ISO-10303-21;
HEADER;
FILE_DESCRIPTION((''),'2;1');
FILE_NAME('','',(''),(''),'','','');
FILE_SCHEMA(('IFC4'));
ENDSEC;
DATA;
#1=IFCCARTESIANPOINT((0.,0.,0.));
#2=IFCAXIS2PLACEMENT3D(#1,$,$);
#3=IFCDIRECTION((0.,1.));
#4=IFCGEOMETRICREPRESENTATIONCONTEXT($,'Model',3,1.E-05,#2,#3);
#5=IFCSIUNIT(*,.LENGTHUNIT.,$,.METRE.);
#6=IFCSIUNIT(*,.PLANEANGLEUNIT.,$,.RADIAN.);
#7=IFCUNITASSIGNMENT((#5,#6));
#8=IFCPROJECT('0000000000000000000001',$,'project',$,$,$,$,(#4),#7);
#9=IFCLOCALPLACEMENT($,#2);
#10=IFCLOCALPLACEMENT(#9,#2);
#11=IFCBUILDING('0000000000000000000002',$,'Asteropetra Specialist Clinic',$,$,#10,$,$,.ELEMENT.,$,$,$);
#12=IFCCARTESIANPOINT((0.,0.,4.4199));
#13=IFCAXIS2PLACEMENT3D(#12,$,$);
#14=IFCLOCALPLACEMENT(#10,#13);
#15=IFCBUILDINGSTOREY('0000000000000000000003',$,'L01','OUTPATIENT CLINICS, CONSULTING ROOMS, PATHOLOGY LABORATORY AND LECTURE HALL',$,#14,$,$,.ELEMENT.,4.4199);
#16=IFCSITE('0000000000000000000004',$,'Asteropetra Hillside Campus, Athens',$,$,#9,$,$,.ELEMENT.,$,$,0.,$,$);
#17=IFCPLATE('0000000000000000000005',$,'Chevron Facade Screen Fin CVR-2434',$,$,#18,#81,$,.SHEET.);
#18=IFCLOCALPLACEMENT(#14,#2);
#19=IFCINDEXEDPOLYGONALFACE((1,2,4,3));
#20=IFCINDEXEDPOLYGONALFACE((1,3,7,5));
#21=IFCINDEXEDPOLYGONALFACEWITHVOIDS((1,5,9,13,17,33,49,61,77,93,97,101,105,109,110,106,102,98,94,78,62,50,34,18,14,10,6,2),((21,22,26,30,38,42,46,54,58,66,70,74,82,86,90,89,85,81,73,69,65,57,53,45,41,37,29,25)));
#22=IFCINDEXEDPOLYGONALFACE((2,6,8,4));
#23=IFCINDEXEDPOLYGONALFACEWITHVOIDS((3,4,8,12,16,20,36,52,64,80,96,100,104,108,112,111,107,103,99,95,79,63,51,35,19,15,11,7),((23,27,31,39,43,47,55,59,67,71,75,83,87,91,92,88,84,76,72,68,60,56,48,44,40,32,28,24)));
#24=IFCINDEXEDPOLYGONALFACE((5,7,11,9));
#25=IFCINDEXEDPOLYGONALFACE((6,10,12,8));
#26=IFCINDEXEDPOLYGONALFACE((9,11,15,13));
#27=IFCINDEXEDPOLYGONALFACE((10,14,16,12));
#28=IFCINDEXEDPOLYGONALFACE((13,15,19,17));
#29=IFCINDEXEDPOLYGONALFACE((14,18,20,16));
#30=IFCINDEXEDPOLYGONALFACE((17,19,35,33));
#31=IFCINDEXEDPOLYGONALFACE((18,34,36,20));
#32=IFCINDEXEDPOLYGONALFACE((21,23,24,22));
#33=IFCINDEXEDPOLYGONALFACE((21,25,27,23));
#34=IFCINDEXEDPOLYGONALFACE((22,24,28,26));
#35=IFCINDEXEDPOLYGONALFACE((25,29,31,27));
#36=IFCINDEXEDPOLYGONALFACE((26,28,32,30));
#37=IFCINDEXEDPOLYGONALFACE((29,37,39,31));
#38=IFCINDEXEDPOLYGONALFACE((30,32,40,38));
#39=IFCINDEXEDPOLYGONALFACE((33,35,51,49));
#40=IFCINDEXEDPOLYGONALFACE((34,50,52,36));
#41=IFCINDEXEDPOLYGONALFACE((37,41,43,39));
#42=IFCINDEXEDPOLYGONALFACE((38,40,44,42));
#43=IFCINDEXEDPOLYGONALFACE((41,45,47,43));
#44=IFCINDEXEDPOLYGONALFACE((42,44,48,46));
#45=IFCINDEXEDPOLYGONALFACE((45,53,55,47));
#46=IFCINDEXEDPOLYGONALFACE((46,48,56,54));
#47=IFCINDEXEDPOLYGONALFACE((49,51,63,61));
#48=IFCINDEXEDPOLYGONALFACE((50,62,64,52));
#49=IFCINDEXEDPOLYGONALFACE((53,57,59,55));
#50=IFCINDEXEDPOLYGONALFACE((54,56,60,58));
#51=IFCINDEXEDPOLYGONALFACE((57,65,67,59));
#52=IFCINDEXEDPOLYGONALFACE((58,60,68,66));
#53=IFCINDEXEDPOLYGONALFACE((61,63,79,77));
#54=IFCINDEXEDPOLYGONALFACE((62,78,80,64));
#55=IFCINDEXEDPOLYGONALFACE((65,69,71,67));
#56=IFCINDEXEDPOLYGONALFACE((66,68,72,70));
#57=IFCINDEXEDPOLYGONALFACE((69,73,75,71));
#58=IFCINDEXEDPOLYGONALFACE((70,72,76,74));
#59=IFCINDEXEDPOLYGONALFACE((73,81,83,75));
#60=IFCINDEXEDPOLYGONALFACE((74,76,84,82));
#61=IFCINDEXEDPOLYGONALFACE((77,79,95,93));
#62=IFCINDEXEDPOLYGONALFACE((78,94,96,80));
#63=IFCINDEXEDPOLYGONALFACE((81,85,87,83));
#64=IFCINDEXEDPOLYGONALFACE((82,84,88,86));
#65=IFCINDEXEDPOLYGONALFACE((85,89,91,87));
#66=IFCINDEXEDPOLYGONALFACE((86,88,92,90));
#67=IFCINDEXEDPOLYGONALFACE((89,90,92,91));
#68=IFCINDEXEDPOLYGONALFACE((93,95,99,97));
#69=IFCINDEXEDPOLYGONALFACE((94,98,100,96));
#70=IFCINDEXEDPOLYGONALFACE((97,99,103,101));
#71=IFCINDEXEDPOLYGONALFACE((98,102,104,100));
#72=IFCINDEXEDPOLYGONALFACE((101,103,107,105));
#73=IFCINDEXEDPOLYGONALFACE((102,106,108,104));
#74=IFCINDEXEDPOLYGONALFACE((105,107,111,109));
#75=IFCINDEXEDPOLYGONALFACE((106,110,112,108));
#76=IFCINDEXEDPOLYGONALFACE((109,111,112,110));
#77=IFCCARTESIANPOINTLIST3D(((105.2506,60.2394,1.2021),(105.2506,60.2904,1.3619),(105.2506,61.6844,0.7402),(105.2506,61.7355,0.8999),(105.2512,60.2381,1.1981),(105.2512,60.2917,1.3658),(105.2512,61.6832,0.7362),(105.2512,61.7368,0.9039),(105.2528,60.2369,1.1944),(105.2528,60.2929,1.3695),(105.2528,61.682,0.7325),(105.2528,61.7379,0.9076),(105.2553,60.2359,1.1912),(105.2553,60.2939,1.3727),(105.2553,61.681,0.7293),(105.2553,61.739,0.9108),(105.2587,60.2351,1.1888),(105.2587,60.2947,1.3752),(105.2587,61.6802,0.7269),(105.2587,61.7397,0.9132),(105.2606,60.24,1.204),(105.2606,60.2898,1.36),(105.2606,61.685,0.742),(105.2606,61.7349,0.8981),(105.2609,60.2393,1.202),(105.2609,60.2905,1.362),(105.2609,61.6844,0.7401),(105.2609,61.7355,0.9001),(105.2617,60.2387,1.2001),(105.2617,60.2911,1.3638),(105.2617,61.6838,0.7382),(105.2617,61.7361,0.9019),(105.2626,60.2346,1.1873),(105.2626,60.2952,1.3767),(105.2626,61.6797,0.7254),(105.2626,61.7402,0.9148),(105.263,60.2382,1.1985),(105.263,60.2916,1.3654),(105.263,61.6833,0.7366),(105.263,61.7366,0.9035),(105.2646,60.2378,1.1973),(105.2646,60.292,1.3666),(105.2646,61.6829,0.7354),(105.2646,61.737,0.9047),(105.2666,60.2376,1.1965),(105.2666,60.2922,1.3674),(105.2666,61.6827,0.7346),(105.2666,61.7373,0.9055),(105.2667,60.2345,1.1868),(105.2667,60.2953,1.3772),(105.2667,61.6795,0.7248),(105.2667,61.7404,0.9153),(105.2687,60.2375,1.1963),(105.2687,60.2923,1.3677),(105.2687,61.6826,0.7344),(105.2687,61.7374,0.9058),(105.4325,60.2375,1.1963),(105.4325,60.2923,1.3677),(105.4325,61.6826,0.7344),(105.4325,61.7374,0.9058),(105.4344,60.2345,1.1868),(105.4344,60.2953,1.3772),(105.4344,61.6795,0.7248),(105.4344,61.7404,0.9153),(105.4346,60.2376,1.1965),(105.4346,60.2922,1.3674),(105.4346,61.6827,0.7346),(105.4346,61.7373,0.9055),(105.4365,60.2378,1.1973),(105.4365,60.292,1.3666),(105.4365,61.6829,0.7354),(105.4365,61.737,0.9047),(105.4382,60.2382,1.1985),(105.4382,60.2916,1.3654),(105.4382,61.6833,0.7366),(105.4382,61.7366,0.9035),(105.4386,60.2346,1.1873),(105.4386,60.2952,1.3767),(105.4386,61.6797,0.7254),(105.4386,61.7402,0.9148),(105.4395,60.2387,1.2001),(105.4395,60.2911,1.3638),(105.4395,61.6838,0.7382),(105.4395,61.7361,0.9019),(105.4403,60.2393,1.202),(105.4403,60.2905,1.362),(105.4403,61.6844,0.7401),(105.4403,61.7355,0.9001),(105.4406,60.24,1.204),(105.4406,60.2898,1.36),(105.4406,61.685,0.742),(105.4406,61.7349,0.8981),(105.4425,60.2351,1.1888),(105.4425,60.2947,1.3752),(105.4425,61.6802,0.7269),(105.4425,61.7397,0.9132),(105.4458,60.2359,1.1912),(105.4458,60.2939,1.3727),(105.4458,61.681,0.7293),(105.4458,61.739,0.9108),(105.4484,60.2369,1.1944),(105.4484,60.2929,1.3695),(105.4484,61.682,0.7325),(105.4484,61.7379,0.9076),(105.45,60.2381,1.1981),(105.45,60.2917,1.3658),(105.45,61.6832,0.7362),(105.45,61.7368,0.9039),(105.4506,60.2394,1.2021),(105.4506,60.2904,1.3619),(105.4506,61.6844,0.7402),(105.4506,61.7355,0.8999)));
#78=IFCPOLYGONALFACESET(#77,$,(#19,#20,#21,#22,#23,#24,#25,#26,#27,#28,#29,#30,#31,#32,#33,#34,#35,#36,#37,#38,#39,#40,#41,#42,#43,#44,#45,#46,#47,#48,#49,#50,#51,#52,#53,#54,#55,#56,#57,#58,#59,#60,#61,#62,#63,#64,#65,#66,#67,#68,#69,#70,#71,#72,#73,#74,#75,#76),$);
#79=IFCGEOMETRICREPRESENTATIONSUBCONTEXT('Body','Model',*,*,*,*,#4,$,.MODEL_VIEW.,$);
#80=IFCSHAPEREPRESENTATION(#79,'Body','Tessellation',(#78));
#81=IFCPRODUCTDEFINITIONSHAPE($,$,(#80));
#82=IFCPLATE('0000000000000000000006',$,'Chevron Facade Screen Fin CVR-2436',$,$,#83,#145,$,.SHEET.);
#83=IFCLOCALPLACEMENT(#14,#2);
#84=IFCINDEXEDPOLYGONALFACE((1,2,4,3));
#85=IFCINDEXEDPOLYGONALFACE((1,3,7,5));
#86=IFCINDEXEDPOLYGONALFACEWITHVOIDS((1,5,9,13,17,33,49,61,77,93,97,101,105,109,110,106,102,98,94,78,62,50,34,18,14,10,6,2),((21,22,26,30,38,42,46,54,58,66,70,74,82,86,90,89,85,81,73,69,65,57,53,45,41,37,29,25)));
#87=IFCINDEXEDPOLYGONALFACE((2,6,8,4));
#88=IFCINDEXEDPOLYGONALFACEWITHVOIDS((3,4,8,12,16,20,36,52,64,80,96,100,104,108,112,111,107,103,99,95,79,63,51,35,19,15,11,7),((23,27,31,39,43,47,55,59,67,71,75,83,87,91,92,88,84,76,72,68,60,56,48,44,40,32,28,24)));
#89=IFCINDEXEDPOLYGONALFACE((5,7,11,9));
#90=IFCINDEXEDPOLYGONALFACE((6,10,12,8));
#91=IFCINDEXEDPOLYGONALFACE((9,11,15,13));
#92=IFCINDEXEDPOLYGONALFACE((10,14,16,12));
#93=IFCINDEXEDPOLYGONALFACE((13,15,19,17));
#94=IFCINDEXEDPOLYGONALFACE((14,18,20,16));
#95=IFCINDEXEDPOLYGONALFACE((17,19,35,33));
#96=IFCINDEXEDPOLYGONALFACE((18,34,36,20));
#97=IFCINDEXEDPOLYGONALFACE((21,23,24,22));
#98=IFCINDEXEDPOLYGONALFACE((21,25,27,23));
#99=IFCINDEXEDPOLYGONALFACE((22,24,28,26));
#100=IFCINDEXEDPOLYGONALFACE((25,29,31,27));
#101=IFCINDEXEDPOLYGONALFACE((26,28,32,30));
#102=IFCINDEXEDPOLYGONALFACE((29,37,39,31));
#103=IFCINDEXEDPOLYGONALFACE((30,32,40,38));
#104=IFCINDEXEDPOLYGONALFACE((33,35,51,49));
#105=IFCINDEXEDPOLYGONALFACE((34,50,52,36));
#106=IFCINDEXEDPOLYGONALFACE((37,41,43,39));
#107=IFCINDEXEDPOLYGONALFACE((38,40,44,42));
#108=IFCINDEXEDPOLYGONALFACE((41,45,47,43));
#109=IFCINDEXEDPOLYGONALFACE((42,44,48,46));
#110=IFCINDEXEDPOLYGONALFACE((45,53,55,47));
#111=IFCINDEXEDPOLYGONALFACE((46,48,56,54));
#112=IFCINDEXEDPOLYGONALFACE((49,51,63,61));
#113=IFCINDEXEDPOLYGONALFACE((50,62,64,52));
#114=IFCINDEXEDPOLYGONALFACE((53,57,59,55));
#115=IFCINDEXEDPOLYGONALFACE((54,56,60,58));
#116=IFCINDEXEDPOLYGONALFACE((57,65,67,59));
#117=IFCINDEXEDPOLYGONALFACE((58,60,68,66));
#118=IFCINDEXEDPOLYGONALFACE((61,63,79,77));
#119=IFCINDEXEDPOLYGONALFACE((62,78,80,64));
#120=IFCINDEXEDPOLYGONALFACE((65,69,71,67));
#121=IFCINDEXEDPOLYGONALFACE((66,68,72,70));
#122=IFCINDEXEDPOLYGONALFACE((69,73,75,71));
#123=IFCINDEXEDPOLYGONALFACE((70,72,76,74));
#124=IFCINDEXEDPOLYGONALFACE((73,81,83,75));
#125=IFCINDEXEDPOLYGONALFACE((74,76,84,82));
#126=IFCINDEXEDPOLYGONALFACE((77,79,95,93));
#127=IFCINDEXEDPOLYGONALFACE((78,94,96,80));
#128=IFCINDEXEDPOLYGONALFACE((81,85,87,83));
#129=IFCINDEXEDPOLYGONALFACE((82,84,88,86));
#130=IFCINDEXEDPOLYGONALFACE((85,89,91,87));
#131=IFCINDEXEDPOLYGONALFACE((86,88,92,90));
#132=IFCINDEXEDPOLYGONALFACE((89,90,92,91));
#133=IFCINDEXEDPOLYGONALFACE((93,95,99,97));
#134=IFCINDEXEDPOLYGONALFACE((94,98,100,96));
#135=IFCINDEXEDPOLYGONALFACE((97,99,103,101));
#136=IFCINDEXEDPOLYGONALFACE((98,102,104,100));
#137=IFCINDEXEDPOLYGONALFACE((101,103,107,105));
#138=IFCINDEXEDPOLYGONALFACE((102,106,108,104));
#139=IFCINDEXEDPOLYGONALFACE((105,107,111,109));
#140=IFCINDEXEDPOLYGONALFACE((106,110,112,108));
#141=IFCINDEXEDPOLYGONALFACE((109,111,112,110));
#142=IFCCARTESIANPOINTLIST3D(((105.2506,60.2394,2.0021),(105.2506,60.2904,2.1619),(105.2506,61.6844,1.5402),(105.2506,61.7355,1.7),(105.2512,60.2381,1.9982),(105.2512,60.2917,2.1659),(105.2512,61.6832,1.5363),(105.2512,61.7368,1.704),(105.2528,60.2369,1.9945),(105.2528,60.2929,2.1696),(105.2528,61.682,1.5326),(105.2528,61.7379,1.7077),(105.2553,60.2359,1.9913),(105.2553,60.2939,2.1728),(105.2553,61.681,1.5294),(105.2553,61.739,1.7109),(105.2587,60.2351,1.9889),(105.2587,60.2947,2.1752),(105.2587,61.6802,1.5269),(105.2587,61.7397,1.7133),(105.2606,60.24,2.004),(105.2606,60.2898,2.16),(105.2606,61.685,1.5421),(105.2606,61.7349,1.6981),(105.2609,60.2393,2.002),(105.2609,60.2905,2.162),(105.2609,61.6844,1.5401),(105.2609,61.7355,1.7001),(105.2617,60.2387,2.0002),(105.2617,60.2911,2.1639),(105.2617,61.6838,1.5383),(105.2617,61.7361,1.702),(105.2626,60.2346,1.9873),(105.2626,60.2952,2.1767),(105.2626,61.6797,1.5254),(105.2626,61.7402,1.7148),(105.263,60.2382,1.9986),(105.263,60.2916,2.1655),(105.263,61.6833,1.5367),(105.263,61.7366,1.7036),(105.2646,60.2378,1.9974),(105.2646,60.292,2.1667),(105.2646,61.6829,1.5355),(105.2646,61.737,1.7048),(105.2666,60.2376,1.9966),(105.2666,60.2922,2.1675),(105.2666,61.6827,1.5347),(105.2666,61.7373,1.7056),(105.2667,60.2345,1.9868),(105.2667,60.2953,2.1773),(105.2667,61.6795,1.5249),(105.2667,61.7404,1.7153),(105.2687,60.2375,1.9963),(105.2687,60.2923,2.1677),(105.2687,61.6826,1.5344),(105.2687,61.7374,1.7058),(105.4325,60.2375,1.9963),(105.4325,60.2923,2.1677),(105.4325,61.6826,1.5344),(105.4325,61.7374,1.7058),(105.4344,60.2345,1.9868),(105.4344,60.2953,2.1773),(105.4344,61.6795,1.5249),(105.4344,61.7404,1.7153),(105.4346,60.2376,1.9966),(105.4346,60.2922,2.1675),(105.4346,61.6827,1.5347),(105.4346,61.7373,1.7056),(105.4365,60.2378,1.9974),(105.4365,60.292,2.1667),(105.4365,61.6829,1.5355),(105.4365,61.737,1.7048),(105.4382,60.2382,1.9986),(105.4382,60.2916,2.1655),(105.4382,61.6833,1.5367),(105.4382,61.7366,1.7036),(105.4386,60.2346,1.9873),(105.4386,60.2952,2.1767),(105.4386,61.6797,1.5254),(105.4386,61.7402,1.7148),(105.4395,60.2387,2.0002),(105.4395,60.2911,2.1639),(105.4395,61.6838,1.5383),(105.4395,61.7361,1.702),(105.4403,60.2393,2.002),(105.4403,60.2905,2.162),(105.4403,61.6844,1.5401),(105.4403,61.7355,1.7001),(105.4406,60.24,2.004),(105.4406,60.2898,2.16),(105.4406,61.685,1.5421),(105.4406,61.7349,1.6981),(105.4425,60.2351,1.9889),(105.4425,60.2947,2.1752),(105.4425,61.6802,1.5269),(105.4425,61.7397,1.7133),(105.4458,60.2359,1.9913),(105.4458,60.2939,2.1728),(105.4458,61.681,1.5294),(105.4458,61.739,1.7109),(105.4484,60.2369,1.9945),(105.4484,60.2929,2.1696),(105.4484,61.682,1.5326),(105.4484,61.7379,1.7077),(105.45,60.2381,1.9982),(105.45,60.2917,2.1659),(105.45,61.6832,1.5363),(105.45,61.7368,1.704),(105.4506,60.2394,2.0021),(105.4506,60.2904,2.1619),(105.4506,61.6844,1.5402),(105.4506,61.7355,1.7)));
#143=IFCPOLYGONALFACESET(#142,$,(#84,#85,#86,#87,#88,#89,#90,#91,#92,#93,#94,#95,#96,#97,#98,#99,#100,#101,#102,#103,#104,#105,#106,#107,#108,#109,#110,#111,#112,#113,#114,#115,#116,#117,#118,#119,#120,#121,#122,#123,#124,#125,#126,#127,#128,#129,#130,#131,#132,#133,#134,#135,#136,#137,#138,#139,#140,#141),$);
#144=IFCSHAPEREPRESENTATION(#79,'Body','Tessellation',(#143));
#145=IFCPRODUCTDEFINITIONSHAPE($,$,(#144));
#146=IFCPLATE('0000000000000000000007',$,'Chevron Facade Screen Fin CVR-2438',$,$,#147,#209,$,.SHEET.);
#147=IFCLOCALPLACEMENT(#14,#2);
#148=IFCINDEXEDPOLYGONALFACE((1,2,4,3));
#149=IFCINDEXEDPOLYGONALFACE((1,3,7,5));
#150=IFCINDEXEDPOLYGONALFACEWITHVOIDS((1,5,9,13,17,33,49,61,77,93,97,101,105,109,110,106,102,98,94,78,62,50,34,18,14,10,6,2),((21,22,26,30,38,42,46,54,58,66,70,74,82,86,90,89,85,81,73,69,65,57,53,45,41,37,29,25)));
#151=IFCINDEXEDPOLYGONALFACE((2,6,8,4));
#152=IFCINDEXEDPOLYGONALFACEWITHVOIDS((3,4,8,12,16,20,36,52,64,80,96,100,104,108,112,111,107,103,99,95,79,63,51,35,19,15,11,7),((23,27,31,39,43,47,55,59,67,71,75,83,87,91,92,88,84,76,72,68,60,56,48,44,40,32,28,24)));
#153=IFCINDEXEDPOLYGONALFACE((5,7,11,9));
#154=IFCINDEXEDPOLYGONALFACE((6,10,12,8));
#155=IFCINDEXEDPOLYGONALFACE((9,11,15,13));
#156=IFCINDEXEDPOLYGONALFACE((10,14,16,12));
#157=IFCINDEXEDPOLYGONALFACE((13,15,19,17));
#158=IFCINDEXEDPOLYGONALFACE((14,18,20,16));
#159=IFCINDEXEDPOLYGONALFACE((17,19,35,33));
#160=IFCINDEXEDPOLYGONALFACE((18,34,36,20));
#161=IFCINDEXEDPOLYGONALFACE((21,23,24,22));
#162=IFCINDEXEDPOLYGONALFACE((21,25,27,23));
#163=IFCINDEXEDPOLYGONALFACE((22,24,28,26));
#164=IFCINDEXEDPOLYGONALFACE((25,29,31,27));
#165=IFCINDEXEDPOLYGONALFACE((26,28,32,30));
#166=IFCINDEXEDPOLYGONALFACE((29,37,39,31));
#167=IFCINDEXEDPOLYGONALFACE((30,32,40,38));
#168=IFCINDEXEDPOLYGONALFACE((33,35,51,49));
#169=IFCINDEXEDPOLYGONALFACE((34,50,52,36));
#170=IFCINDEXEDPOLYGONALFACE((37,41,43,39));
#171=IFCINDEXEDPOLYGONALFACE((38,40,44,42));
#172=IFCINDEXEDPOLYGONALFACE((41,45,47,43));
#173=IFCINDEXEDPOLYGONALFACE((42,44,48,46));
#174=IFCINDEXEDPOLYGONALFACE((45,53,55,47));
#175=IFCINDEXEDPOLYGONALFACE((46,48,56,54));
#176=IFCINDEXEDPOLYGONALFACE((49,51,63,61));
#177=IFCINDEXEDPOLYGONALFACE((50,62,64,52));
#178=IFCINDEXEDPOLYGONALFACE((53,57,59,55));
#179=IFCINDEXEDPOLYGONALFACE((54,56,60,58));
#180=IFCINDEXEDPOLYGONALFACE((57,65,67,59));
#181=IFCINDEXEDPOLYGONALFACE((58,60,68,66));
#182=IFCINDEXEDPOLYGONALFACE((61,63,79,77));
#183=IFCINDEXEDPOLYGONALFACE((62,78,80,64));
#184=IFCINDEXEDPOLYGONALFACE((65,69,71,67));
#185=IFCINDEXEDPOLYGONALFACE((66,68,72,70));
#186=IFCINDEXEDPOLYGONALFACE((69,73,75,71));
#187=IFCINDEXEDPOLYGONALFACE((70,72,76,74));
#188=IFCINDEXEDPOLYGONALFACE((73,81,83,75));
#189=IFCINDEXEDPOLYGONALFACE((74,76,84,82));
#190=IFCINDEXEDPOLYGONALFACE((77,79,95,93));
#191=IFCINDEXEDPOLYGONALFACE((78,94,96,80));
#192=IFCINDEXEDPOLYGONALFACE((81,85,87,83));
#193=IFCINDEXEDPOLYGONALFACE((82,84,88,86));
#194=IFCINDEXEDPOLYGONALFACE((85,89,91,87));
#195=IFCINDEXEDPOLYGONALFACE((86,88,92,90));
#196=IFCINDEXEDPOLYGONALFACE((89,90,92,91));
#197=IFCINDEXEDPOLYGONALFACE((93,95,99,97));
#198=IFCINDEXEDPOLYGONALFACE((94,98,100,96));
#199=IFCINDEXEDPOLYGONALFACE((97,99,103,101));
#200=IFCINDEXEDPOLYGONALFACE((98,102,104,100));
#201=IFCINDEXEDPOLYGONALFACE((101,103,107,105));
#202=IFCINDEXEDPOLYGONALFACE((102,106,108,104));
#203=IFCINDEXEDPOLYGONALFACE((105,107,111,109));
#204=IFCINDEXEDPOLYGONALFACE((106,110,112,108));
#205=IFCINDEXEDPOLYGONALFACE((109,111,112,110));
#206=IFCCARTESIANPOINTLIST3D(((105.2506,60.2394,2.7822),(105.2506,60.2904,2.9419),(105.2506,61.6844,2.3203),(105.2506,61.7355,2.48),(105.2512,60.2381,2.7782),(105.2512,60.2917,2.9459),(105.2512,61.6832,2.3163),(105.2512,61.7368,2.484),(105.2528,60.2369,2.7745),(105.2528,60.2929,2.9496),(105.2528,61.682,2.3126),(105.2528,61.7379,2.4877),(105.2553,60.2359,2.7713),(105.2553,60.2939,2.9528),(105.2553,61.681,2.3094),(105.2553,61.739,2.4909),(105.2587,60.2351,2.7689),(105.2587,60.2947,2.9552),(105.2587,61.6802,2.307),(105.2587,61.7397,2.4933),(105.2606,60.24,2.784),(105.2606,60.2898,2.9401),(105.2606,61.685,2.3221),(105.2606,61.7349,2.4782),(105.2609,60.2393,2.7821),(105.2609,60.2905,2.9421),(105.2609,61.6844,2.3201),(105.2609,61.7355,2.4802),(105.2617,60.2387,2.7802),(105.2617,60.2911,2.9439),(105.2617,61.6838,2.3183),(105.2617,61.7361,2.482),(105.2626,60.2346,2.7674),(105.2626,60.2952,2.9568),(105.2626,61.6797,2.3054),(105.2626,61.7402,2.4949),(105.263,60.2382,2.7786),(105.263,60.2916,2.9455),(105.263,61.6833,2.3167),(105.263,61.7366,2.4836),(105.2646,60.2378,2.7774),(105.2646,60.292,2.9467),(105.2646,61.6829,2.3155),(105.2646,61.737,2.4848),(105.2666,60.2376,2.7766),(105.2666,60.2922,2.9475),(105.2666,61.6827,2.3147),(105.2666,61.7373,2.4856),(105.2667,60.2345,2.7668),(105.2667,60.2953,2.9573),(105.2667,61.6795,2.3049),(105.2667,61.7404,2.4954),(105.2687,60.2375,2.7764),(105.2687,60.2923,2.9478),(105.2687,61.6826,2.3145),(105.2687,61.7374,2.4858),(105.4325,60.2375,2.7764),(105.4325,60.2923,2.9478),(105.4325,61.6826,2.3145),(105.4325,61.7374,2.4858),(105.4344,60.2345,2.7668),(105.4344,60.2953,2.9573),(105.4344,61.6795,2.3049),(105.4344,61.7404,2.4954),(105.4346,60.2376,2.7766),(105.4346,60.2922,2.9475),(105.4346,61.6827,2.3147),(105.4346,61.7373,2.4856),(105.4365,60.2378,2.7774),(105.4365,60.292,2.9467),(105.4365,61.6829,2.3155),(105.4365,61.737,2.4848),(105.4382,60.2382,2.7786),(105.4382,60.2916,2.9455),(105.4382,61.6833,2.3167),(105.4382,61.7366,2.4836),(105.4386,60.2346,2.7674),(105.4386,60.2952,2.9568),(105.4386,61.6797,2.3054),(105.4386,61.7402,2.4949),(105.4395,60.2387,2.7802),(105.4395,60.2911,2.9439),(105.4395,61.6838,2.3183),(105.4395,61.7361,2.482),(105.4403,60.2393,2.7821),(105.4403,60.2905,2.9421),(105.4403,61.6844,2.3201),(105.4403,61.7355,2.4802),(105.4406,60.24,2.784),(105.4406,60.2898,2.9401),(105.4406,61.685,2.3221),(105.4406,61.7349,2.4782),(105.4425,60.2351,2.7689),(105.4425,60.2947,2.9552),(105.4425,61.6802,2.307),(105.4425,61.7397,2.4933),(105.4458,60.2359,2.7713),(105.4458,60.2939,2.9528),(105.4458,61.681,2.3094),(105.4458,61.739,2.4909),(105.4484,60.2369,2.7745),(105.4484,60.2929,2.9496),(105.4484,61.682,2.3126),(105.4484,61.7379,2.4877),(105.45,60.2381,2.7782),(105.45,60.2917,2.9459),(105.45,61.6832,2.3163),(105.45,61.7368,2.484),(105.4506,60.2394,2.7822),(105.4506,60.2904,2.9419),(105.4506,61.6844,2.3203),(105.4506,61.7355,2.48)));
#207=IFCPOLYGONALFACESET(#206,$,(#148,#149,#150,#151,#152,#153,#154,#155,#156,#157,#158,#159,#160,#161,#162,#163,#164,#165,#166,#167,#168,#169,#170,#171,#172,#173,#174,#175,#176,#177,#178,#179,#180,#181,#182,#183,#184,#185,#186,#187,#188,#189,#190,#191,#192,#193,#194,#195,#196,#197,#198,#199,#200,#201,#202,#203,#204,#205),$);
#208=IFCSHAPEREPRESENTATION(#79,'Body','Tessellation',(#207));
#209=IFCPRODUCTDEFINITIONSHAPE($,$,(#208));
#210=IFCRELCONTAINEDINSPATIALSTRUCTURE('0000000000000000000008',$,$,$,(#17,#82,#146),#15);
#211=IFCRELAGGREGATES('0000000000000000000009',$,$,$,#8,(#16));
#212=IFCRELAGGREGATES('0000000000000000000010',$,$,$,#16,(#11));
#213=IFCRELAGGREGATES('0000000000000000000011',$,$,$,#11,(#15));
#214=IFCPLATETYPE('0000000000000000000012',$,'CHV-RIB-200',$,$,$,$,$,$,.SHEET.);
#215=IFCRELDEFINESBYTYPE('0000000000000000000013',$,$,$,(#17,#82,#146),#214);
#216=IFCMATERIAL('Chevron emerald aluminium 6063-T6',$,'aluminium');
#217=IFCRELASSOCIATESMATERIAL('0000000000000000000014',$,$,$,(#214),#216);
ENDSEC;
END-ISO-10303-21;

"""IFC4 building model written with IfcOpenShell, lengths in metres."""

from ifc_helpers import new_model, si_unit, direction, frame, origin, origin_2d, place, context, subcontext, project, spatial, hollow_rectangle, extrude, material, material_profile, profile_set, type_object, element, save


model = new_model("IFC4")

# Units and contexts
model_context = context("Model", 3, precision=1e-05, world=origin(), true_north=direction((0.0, 1.0)))
body_context = subcontext(model_context, "Body", "Model", "MODEL_VIEW")
ifc_project = project(units=[si_unit("LENGTHUNIT", "METRE"), si_unit("PLANEANGLEUNIT", "RADIAN")], contexts=[model_context])

# Site, building, storey
site_placement = place(None, origin())
site = spatial("IfcSite", under=ifc_project, at=site_placement, Name="Asteropetra Hillside Campus, Athens", CompositionType="ELEMENT", RefElevation=0.0)
building_placement = place(site_placement, origin())
building = spatial("IfcBuilding", under=site, at=building_placement, Name="Asteropetra Specialist Clinic", CompositionType="ELEMENT")
storey_placement = place(building_placement, frame((0.0, 0.0, 4.4199)))
storey = spatial("IfcBuildingStorey", under=building, at=storey_placement, Name="L01", Description="OUTPATIENT CLINICS, CONSULTING ROOMS, PATHOLOGY LABORATORY AND LECTURE HALL", CompositionType="ELEMENT", Elevation=4.4199)

# Plates
ifc_material_1 = material(Name="Chevron emerald aluminium 6063-T6", Category="aluminium")
ifc_material_profile_1 = material_profile(ifc_material_1, hollow_rectangle(XDim=0.2, YDim=0.2, WallThickness=0.01, InnerFilletRadius=0.0081, OuterFilletRadius=0.0161, at=origin_2d()), Name="SHS 200x200x10.0")
ifc_profile_set_1 = profile_set([ifc_material_profile_1], Name="Chevron emerald aluminium 6063-T6")
plate_type = type_object("IfcPlateType", Name="CHV-RIB-200", PredefinedType="SHEET", material=ifc_profile_set_1)
for number, where, z_axis, x_axis, name in (
    (1, (105.3506, 61.71, 0.8201), (0.0, -0.952521, 0.304472), (1.0, 0.0, 0.0), "Chevron Facade Screen Fin CVR-2434"),
    (2, (105.3506, 61.71, 1.6201), (0.0, -0.952521, 0.304472), (1.0, 0.0, 0.0), "Chevron Facade Screen Fin CVR-2436"),
    (3, (105.3506, 61.71, 2.4001), (0.0, -0.952521, 0.304472), (1.0, 0.0, 0.0), "Chevron Facade Screen Fin CVR-2438"),
):
    element("IfcPlate", number, at=place(storey_placement, frame(where, z_axis=z_axis, x_axis=x_axis)), inside=storey, type_object=plate_type, Name=name, PredefinedType="SHEET", context=body_context, shape_type="SweptSolid", body=[
        extrude(hollow_rectangle(XDim=0.2, YDim=0.2, WallThickness=0.01, InnerFilletRadius=0.0081, OuterFilletRadius=0.0161, at=origin_2d()), origin(), (0.0, 0.0, 1.0), 1.5171),
    ])

save(model, "model.ifc")
